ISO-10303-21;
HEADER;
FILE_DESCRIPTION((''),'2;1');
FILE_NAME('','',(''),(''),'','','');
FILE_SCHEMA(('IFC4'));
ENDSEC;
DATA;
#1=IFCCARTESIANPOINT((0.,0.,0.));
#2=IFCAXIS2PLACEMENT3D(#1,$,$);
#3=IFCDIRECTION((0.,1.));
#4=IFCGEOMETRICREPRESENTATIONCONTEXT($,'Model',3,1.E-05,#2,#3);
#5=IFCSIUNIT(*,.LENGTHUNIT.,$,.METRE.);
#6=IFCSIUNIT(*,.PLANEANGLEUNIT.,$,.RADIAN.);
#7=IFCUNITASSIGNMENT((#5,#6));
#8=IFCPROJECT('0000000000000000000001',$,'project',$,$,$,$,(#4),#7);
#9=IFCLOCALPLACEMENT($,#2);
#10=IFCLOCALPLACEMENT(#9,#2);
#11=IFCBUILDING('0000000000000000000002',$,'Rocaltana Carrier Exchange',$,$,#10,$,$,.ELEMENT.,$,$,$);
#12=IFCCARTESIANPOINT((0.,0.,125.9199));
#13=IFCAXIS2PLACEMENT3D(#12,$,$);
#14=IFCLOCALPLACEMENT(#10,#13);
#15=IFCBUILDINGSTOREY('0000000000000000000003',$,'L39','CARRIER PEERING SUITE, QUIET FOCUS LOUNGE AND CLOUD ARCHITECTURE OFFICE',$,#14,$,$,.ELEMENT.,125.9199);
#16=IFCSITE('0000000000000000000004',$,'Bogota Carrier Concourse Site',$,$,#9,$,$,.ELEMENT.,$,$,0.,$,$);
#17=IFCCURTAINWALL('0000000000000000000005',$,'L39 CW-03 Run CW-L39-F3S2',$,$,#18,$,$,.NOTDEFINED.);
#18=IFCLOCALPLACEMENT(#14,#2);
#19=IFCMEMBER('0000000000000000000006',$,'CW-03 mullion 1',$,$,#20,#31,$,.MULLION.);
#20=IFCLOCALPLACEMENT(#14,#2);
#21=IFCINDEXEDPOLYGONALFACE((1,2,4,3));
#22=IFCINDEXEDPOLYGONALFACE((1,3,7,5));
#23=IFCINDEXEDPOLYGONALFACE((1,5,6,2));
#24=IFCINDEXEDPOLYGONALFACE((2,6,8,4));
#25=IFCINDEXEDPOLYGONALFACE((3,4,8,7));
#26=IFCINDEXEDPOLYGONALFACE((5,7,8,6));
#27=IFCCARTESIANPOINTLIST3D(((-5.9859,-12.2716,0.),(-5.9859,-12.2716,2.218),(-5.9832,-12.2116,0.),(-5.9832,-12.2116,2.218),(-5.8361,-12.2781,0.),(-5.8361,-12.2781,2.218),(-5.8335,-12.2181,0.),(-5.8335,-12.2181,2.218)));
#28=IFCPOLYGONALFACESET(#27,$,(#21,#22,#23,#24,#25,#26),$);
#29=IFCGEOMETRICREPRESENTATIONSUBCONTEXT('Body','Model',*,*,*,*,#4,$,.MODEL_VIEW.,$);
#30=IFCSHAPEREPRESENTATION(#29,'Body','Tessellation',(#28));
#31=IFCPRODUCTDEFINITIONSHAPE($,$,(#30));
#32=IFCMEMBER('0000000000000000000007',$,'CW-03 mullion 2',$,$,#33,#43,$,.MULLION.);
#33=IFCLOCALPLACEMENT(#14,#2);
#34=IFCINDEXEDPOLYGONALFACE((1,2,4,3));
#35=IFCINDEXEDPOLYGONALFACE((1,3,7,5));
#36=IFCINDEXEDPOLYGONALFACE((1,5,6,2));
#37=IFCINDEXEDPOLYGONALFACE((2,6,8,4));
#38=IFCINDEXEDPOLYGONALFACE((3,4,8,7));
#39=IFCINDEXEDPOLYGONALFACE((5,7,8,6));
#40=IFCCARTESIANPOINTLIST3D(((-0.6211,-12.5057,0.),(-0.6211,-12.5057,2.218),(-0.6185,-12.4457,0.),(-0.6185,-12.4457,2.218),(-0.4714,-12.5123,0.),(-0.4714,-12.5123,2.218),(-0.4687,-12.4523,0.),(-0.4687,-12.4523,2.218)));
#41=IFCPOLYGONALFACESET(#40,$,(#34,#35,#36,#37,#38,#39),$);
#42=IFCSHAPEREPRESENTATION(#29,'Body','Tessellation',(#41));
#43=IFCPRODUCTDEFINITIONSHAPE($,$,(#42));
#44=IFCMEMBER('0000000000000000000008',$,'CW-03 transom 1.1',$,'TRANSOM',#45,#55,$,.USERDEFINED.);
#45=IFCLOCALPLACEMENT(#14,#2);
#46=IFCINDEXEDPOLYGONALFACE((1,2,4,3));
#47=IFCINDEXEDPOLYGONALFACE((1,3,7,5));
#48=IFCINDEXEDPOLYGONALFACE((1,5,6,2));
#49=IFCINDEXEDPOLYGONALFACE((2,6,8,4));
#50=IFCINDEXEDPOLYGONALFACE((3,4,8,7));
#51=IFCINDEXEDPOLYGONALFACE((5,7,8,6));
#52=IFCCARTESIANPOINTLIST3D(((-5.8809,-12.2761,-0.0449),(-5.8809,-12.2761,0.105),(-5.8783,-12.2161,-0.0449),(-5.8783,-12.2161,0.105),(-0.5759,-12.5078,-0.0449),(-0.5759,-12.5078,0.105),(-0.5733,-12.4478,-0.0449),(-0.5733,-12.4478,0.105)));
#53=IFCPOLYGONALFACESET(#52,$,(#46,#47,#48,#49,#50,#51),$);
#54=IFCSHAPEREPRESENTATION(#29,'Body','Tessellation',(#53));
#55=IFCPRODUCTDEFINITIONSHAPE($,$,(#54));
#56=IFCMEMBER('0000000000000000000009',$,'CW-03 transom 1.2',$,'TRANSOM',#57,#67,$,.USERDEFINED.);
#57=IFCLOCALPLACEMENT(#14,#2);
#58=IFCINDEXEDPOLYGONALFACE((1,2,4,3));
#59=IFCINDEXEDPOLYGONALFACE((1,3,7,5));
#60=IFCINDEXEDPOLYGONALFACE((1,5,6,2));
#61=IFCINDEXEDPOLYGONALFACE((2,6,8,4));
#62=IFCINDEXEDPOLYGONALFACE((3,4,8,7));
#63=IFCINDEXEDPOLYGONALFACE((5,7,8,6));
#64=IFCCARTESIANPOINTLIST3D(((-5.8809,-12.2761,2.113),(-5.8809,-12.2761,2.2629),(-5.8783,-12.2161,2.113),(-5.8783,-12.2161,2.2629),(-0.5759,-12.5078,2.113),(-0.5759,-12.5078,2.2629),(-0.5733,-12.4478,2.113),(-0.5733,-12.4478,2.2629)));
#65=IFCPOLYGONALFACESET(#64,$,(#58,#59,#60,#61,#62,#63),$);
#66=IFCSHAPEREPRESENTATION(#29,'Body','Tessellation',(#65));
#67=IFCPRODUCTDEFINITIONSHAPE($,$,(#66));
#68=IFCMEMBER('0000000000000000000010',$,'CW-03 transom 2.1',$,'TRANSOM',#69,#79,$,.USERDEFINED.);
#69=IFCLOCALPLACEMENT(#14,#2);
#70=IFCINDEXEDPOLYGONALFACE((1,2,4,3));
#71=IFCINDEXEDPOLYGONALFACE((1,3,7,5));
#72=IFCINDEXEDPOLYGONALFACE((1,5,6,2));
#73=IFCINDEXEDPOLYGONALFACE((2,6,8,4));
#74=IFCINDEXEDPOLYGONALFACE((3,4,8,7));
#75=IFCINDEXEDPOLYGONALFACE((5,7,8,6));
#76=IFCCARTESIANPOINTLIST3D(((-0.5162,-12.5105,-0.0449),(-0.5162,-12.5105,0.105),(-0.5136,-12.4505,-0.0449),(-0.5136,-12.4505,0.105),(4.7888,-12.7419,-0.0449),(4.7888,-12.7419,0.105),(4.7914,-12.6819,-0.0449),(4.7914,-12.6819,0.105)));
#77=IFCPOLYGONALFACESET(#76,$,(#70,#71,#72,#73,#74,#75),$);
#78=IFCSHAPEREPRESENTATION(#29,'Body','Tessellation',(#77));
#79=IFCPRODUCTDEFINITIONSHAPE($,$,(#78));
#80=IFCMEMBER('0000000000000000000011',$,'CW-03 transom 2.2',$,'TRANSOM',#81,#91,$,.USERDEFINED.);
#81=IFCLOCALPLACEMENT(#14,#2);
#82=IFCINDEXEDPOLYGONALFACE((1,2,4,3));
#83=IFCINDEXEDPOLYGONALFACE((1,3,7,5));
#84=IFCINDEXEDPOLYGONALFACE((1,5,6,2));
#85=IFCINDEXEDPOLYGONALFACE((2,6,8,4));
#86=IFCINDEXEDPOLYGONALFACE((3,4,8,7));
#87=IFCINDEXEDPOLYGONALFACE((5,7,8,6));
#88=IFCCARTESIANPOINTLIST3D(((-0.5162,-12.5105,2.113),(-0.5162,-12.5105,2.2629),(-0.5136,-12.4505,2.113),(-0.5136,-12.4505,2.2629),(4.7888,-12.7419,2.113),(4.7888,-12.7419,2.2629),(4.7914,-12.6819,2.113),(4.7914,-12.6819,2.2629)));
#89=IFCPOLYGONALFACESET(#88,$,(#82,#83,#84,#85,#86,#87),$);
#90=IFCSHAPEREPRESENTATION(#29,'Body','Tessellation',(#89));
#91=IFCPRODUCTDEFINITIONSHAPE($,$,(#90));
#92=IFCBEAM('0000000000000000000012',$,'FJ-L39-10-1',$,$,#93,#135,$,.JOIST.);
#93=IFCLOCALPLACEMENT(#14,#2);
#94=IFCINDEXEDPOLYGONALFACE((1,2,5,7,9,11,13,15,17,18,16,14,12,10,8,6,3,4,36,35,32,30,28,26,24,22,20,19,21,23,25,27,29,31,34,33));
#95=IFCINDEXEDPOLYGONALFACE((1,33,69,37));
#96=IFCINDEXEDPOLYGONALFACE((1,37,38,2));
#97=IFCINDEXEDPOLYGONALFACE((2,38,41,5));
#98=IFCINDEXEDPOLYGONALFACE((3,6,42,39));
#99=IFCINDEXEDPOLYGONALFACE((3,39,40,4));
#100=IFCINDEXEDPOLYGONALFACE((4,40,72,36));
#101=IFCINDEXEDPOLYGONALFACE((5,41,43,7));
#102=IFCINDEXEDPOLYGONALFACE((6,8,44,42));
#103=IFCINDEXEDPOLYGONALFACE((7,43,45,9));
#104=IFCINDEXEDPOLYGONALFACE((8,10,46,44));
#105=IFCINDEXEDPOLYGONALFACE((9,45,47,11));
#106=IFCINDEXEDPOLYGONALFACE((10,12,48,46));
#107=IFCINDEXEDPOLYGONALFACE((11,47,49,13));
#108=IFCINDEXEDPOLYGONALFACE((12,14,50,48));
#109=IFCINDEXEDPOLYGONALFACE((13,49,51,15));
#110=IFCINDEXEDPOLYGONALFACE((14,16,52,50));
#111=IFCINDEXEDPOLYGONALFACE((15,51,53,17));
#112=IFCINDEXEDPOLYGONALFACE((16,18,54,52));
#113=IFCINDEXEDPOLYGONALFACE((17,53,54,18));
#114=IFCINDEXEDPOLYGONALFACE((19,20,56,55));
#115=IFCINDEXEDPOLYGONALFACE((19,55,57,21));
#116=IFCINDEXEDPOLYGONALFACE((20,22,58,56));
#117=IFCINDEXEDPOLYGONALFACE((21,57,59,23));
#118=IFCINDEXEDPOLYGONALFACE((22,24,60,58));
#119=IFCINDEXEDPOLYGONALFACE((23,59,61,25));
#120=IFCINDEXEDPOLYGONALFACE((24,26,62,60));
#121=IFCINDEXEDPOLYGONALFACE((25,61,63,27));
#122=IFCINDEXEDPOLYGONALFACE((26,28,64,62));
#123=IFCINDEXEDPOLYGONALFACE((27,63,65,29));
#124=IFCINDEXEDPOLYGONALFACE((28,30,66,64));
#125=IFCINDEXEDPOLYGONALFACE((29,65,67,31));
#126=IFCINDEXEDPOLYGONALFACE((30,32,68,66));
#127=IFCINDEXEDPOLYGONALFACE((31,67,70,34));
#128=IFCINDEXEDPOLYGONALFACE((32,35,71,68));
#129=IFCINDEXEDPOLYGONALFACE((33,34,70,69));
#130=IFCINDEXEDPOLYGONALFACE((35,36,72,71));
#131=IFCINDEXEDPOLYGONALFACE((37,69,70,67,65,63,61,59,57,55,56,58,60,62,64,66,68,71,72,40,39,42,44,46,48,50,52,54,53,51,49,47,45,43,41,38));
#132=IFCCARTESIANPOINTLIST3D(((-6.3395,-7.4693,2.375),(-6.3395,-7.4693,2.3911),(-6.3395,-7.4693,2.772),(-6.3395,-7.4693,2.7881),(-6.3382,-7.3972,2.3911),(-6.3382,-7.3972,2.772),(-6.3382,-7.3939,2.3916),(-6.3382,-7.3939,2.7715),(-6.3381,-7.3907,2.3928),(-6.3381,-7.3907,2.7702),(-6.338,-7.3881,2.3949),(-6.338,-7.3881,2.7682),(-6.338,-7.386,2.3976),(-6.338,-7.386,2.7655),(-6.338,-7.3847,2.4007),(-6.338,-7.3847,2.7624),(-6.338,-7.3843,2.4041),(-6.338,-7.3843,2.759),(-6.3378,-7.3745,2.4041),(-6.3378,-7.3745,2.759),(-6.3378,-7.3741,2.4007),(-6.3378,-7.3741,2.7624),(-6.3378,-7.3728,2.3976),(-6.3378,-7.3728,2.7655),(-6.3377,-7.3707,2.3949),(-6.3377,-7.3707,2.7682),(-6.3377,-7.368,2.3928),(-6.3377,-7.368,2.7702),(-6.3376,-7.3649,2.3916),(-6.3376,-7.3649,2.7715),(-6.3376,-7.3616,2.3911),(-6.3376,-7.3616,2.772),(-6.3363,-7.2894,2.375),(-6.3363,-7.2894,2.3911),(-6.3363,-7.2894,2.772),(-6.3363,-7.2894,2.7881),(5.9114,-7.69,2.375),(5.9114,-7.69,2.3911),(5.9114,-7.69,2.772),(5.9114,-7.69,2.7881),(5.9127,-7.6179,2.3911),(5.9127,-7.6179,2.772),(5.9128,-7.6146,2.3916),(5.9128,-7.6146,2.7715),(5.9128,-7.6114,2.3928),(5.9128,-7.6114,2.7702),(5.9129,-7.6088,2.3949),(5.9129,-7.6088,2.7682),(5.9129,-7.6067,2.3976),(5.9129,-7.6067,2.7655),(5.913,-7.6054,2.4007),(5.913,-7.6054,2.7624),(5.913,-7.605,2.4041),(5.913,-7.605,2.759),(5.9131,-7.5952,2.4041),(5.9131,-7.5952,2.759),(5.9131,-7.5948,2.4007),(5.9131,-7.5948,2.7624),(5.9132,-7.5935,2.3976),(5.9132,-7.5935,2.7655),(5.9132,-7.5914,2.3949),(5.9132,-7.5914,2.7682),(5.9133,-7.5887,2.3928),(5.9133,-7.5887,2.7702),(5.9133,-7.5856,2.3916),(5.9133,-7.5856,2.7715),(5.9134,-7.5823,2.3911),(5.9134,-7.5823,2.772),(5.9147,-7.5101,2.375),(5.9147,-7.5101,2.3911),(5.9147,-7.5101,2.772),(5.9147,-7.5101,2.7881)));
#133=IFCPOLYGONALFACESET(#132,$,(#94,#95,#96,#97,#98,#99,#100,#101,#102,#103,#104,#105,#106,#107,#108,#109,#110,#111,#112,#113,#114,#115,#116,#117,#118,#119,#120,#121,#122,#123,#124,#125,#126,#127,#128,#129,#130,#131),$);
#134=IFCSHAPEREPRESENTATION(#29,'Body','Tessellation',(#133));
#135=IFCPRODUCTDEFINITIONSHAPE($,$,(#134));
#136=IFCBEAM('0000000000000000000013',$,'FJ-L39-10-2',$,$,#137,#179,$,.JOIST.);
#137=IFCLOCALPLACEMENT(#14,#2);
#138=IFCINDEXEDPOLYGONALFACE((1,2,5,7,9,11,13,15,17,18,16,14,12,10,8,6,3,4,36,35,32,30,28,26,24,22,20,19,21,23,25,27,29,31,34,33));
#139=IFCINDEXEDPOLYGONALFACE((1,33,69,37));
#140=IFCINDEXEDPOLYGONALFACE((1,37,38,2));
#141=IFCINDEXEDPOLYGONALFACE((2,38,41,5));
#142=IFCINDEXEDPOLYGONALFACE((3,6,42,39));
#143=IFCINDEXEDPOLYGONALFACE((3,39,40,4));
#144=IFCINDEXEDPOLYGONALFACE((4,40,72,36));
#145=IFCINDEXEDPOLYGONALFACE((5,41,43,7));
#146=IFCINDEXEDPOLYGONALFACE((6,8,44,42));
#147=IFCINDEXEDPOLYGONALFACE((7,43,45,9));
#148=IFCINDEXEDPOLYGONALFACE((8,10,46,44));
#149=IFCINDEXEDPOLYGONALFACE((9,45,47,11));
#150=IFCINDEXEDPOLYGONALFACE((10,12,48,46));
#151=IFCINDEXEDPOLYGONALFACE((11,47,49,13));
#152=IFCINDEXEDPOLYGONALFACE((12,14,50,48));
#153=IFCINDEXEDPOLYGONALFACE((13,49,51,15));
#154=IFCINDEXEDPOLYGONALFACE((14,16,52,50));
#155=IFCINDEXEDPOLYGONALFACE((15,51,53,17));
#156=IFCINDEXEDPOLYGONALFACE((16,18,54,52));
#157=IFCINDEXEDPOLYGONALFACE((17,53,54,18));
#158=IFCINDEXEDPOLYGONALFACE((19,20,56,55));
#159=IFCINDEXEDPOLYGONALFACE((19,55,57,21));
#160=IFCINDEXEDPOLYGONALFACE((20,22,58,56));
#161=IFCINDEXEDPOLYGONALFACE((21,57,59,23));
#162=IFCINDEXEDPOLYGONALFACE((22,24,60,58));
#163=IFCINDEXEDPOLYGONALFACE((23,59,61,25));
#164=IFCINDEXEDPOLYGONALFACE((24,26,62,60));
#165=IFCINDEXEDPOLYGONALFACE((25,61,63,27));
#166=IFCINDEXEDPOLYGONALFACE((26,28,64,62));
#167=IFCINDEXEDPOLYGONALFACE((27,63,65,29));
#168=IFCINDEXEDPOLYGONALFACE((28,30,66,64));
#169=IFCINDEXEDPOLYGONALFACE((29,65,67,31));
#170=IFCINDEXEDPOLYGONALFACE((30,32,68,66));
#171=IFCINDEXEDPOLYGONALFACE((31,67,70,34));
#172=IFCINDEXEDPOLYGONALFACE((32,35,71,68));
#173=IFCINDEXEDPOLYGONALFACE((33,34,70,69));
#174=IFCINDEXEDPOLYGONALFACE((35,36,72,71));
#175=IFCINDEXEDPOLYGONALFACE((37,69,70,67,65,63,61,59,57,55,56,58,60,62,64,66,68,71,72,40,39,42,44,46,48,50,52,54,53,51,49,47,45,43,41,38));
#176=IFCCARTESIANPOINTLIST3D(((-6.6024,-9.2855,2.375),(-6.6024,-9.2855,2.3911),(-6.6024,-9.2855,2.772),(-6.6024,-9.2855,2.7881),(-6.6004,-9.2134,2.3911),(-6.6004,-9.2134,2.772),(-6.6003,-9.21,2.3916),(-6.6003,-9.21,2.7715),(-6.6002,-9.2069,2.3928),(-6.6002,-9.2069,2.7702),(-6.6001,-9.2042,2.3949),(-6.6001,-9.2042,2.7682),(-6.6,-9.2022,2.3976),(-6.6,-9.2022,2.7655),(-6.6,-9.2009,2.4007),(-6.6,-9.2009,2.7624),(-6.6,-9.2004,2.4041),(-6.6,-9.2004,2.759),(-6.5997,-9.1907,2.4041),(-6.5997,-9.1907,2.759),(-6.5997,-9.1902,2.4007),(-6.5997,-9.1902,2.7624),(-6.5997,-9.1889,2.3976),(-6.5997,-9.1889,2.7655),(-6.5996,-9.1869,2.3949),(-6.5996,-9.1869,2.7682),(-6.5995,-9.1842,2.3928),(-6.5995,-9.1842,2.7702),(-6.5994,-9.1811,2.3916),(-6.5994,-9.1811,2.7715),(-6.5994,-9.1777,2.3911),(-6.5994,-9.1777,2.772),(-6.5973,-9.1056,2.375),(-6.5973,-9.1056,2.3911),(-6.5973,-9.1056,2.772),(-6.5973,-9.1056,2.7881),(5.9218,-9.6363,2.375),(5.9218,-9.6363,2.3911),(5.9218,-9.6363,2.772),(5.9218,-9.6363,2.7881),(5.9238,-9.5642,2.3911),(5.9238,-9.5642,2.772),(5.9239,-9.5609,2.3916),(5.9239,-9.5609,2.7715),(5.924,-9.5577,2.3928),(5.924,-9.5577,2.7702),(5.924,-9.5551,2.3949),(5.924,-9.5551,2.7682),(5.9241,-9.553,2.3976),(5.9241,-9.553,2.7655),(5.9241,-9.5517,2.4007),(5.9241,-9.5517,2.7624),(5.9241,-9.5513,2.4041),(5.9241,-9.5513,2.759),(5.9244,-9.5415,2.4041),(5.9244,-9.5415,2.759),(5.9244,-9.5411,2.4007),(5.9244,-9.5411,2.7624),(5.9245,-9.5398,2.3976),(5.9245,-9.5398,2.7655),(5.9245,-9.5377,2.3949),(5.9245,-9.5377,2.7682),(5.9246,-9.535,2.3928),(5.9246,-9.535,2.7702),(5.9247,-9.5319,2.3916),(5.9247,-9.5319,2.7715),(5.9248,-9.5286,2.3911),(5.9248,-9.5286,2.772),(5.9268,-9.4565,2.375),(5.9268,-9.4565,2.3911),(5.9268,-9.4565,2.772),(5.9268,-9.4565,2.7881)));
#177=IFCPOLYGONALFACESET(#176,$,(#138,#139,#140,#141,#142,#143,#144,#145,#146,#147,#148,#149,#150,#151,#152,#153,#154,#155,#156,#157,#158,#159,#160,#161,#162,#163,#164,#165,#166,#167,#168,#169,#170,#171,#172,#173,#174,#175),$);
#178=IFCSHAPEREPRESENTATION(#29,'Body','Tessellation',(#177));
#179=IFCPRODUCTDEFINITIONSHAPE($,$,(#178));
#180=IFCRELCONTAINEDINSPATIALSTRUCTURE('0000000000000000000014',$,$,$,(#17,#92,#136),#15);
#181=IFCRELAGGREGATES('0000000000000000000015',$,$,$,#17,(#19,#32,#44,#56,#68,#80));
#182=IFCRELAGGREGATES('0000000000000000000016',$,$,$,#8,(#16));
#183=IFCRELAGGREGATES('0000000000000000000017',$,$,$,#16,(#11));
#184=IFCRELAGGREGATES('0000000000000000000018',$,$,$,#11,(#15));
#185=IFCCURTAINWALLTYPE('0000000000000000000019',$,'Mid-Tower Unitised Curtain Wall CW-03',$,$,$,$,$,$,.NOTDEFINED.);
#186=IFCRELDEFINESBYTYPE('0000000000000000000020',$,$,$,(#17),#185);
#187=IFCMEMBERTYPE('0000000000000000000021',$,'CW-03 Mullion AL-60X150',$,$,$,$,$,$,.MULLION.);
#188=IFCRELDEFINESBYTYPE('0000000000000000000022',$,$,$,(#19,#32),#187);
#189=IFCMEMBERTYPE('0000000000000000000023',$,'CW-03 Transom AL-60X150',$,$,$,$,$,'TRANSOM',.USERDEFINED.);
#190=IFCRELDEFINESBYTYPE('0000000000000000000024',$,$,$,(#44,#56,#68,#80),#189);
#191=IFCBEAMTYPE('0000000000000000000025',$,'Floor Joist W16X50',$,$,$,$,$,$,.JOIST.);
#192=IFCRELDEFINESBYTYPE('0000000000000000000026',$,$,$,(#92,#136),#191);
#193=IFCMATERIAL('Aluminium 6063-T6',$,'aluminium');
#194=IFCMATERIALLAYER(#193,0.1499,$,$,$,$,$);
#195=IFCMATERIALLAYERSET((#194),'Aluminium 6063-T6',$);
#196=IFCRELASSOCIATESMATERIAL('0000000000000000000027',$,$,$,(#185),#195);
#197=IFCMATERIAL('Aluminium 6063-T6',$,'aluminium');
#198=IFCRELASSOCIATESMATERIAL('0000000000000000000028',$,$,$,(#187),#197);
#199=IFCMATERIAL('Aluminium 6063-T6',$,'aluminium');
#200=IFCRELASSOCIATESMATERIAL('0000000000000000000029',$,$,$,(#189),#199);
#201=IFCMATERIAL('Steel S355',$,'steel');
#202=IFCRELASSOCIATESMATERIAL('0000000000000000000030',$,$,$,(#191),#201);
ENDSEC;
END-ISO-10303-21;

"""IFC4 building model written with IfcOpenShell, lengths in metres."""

from ifc_helpers import new_model, si_unit, direction, frame, origin, origin_2d, place, context, subcontext, project, spatial, rectangle, i_section, extrude, material, layer, layer_set, material_profile, profile_set, type_object, element, aggregate, save


model = new_model("IFC4")

# Units and contexts
model_context = context("Model", 3, precision=1e-05, world=origin(), true_north=direction((0.0, 1.0)))
body_context = subcontext(model_context, "Body", "Model", "MODEL_VIEW")
ifc_project = project(units=[si_unit("LENGTHUNIT", "METRE"), si_unit("PLANEANGLEUNIT", "RADIAN")], contexts=[model_context])

# Site, building, storey
site_placement = place(None, origin())
site = spatial("IfcSite", under=ifc_project, at=site_placement, Name="Bogota Carrier Concourse Site", CompositionType="ELEMENT", RefElevation=0.0)
building_placement = place(site_placement, origin())
building = spatial("IfcBuilding", under=site, at=building_placement, Name="Rocaltana Carrier Exchange", CompositionType="ELEMENT")
storey_placement = place(building_placement, frame((0.0, 0.0, 125.9199)))
storey = spatial("IfcBuildingStorey", under=building, at=storey_placement, Name="L39", Description="CARRIER PEERING SUITE, QUIET FOCUS LOUNGE AND CLOUD ARCHITECTURE OFFICE", CompositionType="ELEMENT", Elevation=125.9199)

# Curtain wall, members
ifc_material_1 = material(Name="Aluminium 6063-T6", Category="aluminium")
ifc_layer_1 = layer(ifc_material_1, 0.1499)
ifc_layer_set_1 = layer_set([ifc_layer_1], Name="Aluminium 6063-T6")
curtain_wall_type = type_object("IfcCurtainWallType", Name="Mid-Tower Unitised Curtain Wall CW-03", PredefinedType="NOTDEFINED", material=ifc_layer_set_1)
curtain_wall_placement = place(storey_placement, origin())
curtain_wall = element("IfcCurtainWall", 1, at=curtain_wall_placement, inside=storey, type_object=curtain_wall_type, Name="L39 CW-03 Run CW-L39-F3S2", PredefinedType="NOTDEFINED")
ifc_material_2 = material(Name="Aluminium 6063-T6", Category="aluminium")
ifc_material_profile_1 = material_profile(ifc_material_2, rectangle(XDim=0.0601, YDim=0.1499, at=origin_2d()), Name="AL-60X150")
ifc_profile_set_1 = profile_set([ifc_material_profile_1], Name="Aluminium 6063-T6")
member_type_1 = type_object("IfcMemberType", Name="CW-03 Mullion AL-60X150", PredefinedType="MULLION", material=ifc_profile_set_1)
member_1_placement = place(storey_placement, frame((-5.9097, -12.2449, 0.0), z_axis=(0.0, 0.0, 1.0), x_axis=(0.04362, 0.999048, 0.0)))
member_1 = element("IfcMember", 2, at=member_1_placement, type_object=member_type_1, Name="CW-03 mullion 1", PredefinedType="MULLION", context=body_context, shape_type="SweptSolid", body=[
    extrude(rectangle(XDim=0.0601, YDim=0.1499, at=origin_2d()), origin(), (0.0, 0.0, 1.0), 2.218),
])
member_2_placement = place(storey_placement, frame((-0.5449, -12.479, 0.0), z_axis=(0.0, 0.0, 1.0), x_axis=(0.04362, 0.999048, 0.0)))
member_2 = element("IfcMember", 3, at=member_2_placement, type_object=member_type_1, Name="CW-03 mullion 2", PredefinedType="MULLION", context=body_context, shape_type="SweptSolid", body=[
    extrude(rectangle(XDim=0.0601, YDim=0.1499, at=origin_2d()), origin(), (0.0, 0.0, 1.0), 2.218),
])
ifc_material_3 = material(Name="Aluminium 6063-T6", Category="aluminium")
ifc_material_profile_2 = material_profile(ifc_material_3, rectangle(XDim=0.0601, YDim=0.1499, at=origin_2d()), Name="AL-60X150")
ifc_profile_set_2 = profile_set([ifc_material_profile_2], Name="Aluminium 6063-T6")
member_type_2 = type_object("IfcMemberType", Name="CW-03 Transom AL-60X150", ElementType="TRANSOM", PredefinedType="USERDEFINED", material=ifc_profile_set_2)
member_3_placement = place(storey_placement, frame((-5.8796, -12.2461, 0.03), z_axis=(0.999048, -0.043633, 0.0), x_axis=(0.043633, 0.999048, 0.0)))
member_3 = element("IfcMember", 4, at=member_3_placement, type_object=member_type_2, Name="CW-03 transom 1.1", ObjectType="TRANSOM", PredefinedType="USERDEFINED", context=body_context, shape_type="SweptSolid", body=[
    extrude(rectangle(XDim=0.0601, YDim=0.1499, at=origin_2d()), origin(), (0.0, 0.0, 1.0), 5.3101),
])
member_4_placement = place(storey_placement, frame((-5.8796, -12.2461, 2.188), z_axis=(0.999048, -0.043633, 0.0), x_axis=(0.043633, 0.999048, 0.0)))
member_4 = element("IfcMember", 5, at=member_4_placement, type_object=member_type_2, Name="CW-03 transom 1.2", ObjectType="TRANSOM", PredefinedType="USERDEFINED", context=body_context, shape_type="SweptSolid", body=[
    extrude(rectangle(XDim=0.0601, YDim=0.1499, at=origin_2d()), origin(), (0.0, 0.0, 1.0), 5.3101),
])
member_5_placement = place(storey_placement, frame((-0.5149, -12.4805, 0.03), z_axis=(0.99905, -0.043587, 0.0), x_axis=(0.043587, 0.99905, 0.0)))
member_5 = element("IfcMember", 6, at=member_5_placement, type_object=member_type_2, Name="CW-03 transom 2.1", ObjectType="TRANSOM", PredefinedType="USERDEFINED", context=body_context, shape_type="SweptSolid", body=[
    extrude(rectangle(XDim=0.0601, YDim=0.1499, at=origin_2d()), origin(), (0.0, 0.0, 1.0), 5.3101),
])
member_6_placement = place(storey_placement, frame((-0.5149, -12.4805, 2.188), z_axis=(0.99905, -0.043587, 0.0), x_axis=(0.043587, 0.99905, 0.0)))
member_6 = element("IfcMember", 7, at=member_6_placement, type_object=member_type_2, Name="CW-03 transom 2.2", ObjectType="TRANSOM", PredefinedType="USERDEFINED", context=body_context, shape_type="SweptSolid", body=[
    extrude(rectangle(XDim=0.0601, YDim=0.1499, at=origin_2d()), origin(), (0.0, 0.0, 1.0), 5.3101),
])

# Beams
ifc_material_4 = material(Name="Steel S355", Category="steel")
ifc_material_profile_3 = material_profile(ifc_material_4, i_section(OverallWidth=0.1799, OverallDepth=0.4131, WebThickness=0.0098, FlangeThickness=0.0161, FilletRadius=0.0129, at=origin_2d()), Name="W16X50")
ifc_profile_set_3 = profile_set([ifc_material_profile_3], Name="Steel S355")
beam_type_1 = type_object("IfcBeamType", Name="Floor Joist W16X50", PredefinedType="JOIST", material=ifc_profile_set_3)
beam_1_placement = place(storey_placement, frame((-6.3379, -7.3794, 2.5815), z_axis=(0.999838, -0.018012, 0.0), x_axis=(0.018012, 0.999838, 0.0)))
element("IfcBeam", 8, at=beam_1_placement, inside=storey, type_object=beam_type_1, Name="FJ-L39-10-1", PredefinedType="JOIST", context=body_context, shape_type="SweptSolid", body=[
    extrude(i_section(OverallWidth=0.1799, OverallDepth=0.4131, WebThickness=0.0098, FlangeThickness=0.0161, FilletRadius=0.0129, at=origin_2d()), origin(), (0.0, 0.0, 1.0), 12.2529),
])
beam_2_placement = place(storey_placement, frame((-6.5999, -9.1956, 2.5815), z_axis=(0.999608, -0.028001, 0.0), x_axis=(0.028001, 0.999608, 0.0)))
element("IfcBeam", 9, at=beam_2_placement, inside=storey, type_object=beam_type_1, Name="FJ-L39-10-2", PredefinedType="JOIST", context=body_context, shape_type="SweptSolid", body=[
    extrude(i_section(OverallWidth=0.1799, OverallDepth=0.4131, WebThickness=0.0098, FlangeThickness=0.0161, FilletRadius=0.0129, at=origin_2d()), origin(), (0.0, 0.0, 1.0), 12.5291),
])

aggregate(curtain_wall, [member_1, member_2, member_3, member_4, member_5, member_6])

save(model, "model.ifc")
